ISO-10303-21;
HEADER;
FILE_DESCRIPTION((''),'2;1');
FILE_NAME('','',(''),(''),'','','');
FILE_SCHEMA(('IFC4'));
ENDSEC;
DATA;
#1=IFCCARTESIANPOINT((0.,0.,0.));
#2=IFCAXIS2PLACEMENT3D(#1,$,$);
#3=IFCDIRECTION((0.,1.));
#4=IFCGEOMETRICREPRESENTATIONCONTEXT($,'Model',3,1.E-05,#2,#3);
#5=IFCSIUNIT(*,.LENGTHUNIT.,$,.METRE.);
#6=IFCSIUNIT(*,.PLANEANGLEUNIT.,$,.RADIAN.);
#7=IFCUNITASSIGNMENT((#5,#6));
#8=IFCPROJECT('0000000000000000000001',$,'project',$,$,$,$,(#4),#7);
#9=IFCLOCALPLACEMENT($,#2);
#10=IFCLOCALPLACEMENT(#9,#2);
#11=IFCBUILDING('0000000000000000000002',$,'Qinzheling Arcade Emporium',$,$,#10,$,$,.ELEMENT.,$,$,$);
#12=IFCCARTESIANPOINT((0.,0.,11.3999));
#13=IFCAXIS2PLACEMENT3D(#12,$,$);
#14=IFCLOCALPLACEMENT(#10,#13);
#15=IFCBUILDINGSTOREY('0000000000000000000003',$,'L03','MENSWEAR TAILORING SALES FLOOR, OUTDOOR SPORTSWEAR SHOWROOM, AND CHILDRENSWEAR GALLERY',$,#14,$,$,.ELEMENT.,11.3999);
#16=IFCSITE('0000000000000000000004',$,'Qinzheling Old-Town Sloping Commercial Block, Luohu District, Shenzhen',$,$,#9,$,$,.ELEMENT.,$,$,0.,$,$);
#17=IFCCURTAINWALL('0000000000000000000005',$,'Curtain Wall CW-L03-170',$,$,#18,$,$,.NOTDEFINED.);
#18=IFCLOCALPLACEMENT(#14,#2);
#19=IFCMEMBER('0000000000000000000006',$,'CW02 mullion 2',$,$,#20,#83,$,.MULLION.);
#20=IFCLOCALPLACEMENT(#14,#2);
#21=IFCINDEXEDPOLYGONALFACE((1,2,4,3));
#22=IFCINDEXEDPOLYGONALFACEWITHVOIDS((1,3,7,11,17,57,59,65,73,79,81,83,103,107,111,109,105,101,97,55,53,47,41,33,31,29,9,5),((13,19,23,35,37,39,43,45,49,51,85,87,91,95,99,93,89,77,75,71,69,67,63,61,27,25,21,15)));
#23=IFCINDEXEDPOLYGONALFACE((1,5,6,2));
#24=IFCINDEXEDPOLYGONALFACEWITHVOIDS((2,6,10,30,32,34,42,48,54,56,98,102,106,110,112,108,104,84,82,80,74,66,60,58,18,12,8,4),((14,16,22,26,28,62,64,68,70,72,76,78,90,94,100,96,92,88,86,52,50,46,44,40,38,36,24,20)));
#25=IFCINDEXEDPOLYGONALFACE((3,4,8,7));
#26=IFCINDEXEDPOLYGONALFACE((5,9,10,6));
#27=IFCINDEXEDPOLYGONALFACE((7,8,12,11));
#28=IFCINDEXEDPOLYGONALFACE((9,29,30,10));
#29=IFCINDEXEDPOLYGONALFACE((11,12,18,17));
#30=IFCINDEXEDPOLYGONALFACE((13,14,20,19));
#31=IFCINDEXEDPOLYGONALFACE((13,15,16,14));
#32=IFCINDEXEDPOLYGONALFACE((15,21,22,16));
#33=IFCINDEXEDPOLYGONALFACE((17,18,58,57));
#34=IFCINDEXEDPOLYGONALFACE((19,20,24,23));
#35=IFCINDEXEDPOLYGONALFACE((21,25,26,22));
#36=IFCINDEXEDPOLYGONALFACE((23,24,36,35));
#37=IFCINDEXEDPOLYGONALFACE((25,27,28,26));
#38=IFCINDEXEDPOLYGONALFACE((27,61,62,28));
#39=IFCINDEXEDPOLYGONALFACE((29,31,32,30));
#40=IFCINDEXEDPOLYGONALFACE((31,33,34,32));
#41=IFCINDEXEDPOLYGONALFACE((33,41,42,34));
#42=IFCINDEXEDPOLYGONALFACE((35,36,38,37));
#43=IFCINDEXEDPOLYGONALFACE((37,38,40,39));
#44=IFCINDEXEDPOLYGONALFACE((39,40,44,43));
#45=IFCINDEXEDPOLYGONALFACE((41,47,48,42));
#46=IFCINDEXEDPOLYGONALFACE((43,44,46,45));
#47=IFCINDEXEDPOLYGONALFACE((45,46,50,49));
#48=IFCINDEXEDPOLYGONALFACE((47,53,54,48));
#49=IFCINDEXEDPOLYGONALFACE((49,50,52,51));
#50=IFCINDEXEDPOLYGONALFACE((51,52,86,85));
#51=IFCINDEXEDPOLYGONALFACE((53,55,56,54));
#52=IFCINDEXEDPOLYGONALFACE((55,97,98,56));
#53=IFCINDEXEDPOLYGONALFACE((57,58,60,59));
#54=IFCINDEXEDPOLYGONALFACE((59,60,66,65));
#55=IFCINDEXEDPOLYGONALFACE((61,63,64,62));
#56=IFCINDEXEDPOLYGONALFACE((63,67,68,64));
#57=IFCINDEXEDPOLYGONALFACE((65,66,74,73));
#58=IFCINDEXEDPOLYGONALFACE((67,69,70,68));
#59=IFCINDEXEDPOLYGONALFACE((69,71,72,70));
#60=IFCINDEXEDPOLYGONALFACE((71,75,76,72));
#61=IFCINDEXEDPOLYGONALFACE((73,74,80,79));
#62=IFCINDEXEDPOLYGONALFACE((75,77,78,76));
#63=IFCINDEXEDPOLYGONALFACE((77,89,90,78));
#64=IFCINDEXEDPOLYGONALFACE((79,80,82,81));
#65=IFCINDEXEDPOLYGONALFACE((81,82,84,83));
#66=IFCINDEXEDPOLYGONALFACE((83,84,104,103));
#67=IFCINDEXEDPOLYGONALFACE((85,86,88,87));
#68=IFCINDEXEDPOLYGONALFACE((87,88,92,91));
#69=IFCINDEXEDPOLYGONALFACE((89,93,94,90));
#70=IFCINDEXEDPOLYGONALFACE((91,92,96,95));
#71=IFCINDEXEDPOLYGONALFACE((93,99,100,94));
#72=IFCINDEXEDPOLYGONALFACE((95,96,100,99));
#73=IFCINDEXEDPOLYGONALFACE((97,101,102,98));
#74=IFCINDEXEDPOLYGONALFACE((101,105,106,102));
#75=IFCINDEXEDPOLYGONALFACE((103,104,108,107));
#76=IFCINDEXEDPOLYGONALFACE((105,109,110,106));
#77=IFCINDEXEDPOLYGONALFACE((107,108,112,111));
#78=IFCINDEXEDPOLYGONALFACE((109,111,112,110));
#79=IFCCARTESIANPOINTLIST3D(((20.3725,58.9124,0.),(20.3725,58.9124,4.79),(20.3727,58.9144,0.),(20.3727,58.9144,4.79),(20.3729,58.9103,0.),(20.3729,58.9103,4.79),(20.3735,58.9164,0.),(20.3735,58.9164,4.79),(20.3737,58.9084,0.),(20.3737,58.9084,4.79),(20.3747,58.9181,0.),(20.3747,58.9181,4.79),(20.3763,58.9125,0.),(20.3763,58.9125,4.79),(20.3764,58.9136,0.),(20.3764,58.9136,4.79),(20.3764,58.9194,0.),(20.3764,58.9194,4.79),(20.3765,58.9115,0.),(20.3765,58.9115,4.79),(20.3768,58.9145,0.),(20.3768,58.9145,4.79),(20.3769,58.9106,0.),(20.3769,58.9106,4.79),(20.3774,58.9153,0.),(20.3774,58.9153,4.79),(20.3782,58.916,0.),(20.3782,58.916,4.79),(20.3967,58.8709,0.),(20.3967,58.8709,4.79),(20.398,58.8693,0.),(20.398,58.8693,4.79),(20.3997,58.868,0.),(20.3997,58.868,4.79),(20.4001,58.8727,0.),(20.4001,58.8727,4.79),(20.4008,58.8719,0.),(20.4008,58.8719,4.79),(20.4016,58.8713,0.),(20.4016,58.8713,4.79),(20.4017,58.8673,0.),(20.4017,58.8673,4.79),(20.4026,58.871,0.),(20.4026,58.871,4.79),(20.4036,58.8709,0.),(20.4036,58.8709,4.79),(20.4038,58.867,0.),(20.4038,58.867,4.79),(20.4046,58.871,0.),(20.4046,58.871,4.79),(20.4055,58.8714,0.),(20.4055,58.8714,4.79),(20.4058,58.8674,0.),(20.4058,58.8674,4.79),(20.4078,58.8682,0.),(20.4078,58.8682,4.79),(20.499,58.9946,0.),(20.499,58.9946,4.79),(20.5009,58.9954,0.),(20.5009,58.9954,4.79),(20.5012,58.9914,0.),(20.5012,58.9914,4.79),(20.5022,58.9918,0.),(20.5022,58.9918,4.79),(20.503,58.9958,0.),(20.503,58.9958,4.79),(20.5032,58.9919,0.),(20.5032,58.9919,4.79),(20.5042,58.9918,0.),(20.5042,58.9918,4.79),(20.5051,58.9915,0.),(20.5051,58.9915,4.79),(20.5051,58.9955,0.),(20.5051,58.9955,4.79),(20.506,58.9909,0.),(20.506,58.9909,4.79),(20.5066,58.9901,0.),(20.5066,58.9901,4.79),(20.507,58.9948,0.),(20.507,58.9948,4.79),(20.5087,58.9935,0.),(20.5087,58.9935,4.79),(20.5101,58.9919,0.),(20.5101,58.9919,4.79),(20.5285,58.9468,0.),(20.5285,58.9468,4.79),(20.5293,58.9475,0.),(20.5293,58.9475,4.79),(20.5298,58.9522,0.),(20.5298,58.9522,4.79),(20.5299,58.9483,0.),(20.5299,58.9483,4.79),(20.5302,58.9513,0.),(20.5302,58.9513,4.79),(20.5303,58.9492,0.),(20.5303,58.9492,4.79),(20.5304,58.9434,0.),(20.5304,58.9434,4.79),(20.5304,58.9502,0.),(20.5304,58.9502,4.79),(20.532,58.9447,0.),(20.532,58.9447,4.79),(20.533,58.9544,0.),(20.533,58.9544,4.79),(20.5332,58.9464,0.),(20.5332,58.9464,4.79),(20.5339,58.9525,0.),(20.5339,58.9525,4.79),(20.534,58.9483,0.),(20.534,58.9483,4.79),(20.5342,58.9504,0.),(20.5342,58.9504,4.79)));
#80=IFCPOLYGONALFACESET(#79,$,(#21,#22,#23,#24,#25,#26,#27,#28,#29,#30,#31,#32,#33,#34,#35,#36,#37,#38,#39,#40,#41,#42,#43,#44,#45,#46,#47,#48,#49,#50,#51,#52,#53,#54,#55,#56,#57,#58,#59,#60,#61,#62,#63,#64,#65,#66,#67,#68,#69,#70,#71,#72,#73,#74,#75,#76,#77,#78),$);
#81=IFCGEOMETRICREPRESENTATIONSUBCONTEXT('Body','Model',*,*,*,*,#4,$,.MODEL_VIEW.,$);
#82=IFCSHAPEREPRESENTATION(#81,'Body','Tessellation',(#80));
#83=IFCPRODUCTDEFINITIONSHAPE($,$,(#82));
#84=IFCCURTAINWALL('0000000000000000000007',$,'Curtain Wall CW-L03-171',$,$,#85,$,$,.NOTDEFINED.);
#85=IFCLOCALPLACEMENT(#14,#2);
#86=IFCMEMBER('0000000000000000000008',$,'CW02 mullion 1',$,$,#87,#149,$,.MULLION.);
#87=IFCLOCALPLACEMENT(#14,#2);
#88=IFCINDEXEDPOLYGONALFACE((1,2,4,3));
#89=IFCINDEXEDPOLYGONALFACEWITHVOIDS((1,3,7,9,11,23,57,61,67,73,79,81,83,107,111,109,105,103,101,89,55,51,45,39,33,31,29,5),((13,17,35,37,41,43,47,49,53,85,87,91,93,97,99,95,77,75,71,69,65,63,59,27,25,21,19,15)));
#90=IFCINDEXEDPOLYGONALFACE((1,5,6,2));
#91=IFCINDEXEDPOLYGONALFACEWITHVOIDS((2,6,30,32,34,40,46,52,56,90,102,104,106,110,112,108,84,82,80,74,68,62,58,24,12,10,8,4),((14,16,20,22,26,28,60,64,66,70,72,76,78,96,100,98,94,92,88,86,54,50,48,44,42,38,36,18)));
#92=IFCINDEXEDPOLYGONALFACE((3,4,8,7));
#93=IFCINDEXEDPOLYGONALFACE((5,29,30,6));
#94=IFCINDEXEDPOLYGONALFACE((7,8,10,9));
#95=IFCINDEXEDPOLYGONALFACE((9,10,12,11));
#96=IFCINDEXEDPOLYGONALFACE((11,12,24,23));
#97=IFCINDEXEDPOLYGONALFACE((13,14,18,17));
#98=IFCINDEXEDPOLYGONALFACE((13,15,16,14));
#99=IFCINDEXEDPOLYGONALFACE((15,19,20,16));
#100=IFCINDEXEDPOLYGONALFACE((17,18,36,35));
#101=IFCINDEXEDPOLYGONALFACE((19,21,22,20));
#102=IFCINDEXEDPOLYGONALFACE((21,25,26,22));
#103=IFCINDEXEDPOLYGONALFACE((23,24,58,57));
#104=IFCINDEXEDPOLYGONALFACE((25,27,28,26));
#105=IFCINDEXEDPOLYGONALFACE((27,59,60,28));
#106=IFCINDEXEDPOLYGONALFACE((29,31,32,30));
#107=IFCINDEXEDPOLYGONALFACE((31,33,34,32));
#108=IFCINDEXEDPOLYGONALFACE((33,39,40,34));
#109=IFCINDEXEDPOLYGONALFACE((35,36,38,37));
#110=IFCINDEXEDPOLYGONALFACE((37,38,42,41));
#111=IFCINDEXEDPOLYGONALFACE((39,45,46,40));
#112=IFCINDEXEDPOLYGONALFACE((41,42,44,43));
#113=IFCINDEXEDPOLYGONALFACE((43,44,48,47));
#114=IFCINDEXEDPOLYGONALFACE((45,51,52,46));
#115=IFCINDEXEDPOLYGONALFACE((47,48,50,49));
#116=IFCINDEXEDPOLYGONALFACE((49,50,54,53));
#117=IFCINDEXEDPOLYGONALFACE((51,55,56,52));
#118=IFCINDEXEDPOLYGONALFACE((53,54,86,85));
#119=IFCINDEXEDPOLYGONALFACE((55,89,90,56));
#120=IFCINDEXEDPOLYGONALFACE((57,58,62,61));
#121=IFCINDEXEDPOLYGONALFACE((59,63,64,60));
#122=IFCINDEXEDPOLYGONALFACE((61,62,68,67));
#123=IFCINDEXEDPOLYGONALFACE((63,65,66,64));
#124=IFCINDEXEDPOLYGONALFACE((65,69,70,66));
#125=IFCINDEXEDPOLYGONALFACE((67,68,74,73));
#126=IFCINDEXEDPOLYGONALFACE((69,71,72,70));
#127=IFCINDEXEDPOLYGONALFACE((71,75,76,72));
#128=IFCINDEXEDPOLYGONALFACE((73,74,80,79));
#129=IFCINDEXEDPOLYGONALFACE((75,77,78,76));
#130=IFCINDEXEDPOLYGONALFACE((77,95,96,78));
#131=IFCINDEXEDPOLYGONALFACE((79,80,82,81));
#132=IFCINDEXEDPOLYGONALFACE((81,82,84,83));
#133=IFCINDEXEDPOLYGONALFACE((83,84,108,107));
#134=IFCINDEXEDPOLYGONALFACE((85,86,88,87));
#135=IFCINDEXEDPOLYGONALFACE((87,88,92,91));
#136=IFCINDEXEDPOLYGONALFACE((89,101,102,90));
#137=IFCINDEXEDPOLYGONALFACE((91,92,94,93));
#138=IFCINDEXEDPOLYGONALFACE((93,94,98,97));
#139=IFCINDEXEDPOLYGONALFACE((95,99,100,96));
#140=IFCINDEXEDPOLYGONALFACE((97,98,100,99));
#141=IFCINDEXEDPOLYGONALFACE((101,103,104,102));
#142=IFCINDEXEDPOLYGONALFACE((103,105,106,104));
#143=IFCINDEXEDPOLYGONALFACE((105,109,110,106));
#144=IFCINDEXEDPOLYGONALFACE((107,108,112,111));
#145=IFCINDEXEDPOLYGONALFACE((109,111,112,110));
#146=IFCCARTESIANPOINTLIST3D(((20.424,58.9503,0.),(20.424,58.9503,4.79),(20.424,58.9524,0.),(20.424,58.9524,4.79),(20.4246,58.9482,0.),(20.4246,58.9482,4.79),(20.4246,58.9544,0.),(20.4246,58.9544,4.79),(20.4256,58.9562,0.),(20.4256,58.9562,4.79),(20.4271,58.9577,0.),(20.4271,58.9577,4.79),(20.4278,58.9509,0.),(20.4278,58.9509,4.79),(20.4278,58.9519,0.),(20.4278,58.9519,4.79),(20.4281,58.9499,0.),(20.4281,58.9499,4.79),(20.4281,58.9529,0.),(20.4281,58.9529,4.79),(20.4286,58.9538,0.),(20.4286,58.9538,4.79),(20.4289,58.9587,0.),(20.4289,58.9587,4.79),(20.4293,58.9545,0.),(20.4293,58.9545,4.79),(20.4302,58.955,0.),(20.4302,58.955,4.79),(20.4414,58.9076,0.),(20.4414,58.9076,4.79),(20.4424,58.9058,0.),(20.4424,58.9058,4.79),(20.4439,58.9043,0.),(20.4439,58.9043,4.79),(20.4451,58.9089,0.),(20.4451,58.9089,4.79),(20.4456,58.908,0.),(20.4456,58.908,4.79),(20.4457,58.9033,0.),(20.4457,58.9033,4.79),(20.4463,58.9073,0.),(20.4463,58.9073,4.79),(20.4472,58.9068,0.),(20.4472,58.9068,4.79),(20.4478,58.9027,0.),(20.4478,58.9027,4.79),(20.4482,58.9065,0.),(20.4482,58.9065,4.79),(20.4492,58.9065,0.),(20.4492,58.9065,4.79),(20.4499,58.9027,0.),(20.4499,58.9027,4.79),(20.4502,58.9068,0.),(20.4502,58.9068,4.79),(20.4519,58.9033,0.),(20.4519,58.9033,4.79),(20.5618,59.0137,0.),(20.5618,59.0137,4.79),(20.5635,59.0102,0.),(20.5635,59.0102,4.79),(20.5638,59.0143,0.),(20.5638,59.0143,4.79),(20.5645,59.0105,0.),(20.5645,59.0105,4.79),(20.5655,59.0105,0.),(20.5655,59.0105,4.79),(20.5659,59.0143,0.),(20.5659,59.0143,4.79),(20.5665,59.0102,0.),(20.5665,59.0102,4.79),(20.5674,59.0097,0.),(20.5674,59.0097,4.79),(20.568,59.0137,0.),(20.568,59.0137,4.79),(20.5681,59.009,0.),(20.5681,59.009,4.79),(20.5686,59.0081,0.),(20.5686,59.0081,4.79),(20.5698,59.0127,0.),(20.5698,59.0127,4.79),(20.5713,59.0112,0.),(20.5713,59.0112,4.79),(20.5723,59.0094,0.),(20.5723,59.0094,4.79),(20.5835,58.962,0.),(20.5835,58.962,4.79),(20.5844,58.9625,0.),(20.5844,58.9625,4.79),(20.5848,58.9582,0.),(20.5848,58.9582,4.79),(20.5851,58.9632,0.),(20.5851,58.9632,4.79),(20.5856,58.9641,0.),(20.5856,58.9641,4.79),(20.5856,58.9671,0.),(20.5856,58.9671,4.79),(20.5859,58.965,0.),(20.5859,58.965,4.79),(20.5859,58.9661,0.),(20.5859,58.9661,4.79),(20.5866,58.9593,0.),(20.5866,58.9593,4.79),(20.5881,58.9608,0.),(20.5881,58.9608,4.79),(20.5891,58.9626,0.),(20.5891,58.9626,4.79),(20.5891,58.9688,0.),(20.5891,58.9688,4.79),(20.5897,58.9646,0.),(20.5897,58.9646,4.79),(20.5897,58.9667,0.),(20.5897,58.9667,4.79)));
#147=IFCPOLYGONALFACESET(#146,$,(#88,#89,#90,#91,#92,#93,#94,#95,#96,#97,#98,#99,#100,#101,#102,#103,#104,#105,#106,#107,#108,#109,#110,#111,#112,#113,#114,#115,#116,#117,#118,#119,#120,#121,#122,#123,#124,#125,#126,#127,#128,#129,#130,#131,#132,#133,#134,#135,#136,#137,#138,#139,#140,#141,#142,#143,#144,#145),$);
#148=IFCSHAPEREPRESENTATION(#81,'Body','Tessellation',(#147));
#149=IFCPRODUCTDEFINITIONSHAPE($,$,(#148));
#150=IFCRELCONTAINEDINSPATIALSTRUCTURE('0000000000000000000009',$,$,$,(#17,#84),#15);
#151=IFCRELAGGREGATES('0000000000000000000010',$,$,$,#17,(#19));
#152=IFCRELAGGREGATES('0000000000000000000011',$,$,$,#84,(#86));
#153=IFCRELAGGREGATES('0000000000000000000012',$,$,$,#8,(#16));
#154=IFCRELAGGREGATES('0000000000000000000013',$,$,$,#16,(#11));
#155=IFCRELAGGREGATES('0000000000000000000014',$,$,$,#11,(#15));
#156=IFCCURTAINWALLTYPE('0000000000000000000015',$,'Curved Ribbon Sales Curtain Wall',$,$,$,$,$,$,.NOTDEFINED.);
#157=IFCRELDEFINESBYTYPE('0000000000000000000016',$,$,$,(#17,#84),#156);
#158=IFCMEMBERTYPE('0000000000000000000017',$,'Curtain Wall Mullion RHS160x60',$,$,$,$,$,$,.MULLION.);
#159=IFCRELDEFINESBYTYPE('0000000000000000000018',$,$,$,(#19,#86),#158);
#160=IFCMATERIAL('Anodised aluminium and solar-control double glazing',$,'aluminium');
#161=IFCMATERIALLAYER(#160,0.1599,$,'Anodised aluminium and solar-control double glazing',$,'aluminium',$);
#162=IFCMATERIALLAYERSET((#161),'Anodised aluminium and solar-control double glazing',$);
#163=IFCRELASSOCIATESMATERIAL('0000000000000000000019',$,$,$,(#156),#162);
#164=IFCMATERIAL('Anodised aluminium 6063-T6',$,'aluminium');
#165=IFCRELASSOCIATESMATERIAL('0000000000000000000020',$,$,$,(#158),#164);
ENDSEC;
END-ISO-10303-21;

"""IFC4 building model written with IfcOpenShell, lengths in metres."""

from ifc_helpers import new_model, si_unit, direction, frame, origin, origin_2d, place, context, subcontext, project, spatial, hollow_rectangle, extrude, material, layer, layer_set, material_profile, profile_set, type_object, element, aggregate, save


model = new_model("IFC4")

# Units and contexts
model_context = context("Model", 3, precision=1e-05, world=origin(), true_north=direction((0.0, 1.0)))
body_context = subcontext(model_context, "Body", "Model", "MODEL_VIEW")
ifc_project = project(units=[si_unit("LENGTHUNIT", "METRE"), si_unit("PLANEANGLEUNIT", "RADIAN")], contexts=[model_context])

# Site, building, storey
site_placement = place(None, origin())
site = spatial("IfcSite", under=ifc_project, at=site_placement, Name="Qinzheling Old-Town Sloping Commercial Block, Luohu District, Shenzhen", CompositionType="ELEMENT", RefElevation=0.0)
building_placement = place(site_placement, origin())
building = spatial("IfcBuilding", under=site, at=building_placement, Name="Qinzheling Arcade Emporium", CompositionType="ELEMENT")
storey_placement = place(building_placement, frame((0.0, 0.0, 11.3999)))
storey = spatial("IfcBuildingStorey", under=building, at=storey_placement, Name="L03", Description="MENSWEAR TAILORING SALES FLOOR, OUTDOOR SPORTSWEAR SHOWROOM, AND CHILDRENSWEAR GALLERY", CompositionType="ELEMENT", Elevation=11.3999)

# Curtain wall, member
ifc_material_1 = material(Name="Anodised aluminium and solar-control double glazing", Category="aluminium")
ifc_layer_1 = layer(ifc_material_1, 0.1599, Name="Anodised aluminium and solar-control double glazing", Category="aluminium")
ifc_layer_set_1 = layer_set([ifc_layer_1], Name="Anodised aluminium and solar-control double glazing")
curtain_wall_type = type_object("IfcCurtainWallType", Name="Curved Ribbon Sales Curtain Wall", PredefinedType="NOTDEFINED", material=ifc_layer_set_1)
curtain_wall_1_placement = place(storey_placement, origin())
curtain_wall_1 = element("IfcCurtainWall", 1, at=curtain_wall_1_placement, inside=storey, type_object=curtain_wall_type, Name="Curtain Wall CW-L03-170", PredefinedType="NOTDEFINED")
ifc_material_2 = material(Name="Anodised aluminium 6063-T6", Category="aluminium")
ifc_material_profile_1 = material_profile(ifc_material_2, hollow_rectangle(XDim=0.0601, YDim=0.1599, WallThickness=0.0039, InnerFilletRadius=0.0039, OuterFilletRadius=0.0081, at=origin_2d()), Name="RHS 160x60x4", Category="aluminium")
ifc_profile_set_1 = profile_set([ifc_material_profile_1], Name="Anodised aluminium 6063-T6")
member_type_1 = type_object("IfcMemberType", Name="Curtain Wall Mullion RHS160x60", PredefinedType="MULLION", material=ifc_profile_set_1)
member_1_placement = place(storey_placement, frame((20.4534, 58.9314, 0.0), z_axis=(0.0, 0.0, 1.0), x_axis=(-0.522458, 0.852665, 0.0)))
member_1 = element("IfcMember", 2, at=member_1_placement, type_object=member_type_1, Name="CW02 mullion 2", PredefinedType="MULLION", context=body_context, shape_type="SweptSolid", body=[
    extrude(hollow_rectangle(XDim=0.0601, YDim=0.1599, WallThickness=0.0039, InnerFilletRadius=0.0039, OuterFilletRadius=0.0081, at=origin_2d()), origin(), (0.0, 0.0, 1.0), 4.79),
])

# Curtain wall, member
curtain_wall_2_placement = place(storey_placement, origin())
curtain_wall_2 = element("IfcCurtainWall", 3, at=curtain_wall_2_placement, inside=storey, type_object=curtain_wall_type, Name="Curtain Wall CW-L03-171", PredefinedType="NOTDEFINED")
member_2_placement = place(storey_placement, frame((20.5068, 58.9585, 0.0), z_axis=(0.0, 0.0, 1.0), x_axis=(-0.38245, 0.923976, 0.0)))
member_2 = element("IfcMember", 4, at=member_2_placement, type_object=member_type_1, Name="CW02 mullion 1", PredefinedType="MULLION", context=body_context, shape_type="SweptSolid", body=[
    extrude(hollow_rectangle(XDim=0.0601, YDim=0.1599, WallThickness=0.0039, InnerFilletRadius=0.0039, OuterFilletRadius=0.0081, at=origin_2d()), origin(), (0.0, 0.0, 1.0), 4.79),
])

aggregate(curtain_wall_1, [member_1])
aggregate(curtain_wall_2, [member_2])

save(model, "model.ifc")
